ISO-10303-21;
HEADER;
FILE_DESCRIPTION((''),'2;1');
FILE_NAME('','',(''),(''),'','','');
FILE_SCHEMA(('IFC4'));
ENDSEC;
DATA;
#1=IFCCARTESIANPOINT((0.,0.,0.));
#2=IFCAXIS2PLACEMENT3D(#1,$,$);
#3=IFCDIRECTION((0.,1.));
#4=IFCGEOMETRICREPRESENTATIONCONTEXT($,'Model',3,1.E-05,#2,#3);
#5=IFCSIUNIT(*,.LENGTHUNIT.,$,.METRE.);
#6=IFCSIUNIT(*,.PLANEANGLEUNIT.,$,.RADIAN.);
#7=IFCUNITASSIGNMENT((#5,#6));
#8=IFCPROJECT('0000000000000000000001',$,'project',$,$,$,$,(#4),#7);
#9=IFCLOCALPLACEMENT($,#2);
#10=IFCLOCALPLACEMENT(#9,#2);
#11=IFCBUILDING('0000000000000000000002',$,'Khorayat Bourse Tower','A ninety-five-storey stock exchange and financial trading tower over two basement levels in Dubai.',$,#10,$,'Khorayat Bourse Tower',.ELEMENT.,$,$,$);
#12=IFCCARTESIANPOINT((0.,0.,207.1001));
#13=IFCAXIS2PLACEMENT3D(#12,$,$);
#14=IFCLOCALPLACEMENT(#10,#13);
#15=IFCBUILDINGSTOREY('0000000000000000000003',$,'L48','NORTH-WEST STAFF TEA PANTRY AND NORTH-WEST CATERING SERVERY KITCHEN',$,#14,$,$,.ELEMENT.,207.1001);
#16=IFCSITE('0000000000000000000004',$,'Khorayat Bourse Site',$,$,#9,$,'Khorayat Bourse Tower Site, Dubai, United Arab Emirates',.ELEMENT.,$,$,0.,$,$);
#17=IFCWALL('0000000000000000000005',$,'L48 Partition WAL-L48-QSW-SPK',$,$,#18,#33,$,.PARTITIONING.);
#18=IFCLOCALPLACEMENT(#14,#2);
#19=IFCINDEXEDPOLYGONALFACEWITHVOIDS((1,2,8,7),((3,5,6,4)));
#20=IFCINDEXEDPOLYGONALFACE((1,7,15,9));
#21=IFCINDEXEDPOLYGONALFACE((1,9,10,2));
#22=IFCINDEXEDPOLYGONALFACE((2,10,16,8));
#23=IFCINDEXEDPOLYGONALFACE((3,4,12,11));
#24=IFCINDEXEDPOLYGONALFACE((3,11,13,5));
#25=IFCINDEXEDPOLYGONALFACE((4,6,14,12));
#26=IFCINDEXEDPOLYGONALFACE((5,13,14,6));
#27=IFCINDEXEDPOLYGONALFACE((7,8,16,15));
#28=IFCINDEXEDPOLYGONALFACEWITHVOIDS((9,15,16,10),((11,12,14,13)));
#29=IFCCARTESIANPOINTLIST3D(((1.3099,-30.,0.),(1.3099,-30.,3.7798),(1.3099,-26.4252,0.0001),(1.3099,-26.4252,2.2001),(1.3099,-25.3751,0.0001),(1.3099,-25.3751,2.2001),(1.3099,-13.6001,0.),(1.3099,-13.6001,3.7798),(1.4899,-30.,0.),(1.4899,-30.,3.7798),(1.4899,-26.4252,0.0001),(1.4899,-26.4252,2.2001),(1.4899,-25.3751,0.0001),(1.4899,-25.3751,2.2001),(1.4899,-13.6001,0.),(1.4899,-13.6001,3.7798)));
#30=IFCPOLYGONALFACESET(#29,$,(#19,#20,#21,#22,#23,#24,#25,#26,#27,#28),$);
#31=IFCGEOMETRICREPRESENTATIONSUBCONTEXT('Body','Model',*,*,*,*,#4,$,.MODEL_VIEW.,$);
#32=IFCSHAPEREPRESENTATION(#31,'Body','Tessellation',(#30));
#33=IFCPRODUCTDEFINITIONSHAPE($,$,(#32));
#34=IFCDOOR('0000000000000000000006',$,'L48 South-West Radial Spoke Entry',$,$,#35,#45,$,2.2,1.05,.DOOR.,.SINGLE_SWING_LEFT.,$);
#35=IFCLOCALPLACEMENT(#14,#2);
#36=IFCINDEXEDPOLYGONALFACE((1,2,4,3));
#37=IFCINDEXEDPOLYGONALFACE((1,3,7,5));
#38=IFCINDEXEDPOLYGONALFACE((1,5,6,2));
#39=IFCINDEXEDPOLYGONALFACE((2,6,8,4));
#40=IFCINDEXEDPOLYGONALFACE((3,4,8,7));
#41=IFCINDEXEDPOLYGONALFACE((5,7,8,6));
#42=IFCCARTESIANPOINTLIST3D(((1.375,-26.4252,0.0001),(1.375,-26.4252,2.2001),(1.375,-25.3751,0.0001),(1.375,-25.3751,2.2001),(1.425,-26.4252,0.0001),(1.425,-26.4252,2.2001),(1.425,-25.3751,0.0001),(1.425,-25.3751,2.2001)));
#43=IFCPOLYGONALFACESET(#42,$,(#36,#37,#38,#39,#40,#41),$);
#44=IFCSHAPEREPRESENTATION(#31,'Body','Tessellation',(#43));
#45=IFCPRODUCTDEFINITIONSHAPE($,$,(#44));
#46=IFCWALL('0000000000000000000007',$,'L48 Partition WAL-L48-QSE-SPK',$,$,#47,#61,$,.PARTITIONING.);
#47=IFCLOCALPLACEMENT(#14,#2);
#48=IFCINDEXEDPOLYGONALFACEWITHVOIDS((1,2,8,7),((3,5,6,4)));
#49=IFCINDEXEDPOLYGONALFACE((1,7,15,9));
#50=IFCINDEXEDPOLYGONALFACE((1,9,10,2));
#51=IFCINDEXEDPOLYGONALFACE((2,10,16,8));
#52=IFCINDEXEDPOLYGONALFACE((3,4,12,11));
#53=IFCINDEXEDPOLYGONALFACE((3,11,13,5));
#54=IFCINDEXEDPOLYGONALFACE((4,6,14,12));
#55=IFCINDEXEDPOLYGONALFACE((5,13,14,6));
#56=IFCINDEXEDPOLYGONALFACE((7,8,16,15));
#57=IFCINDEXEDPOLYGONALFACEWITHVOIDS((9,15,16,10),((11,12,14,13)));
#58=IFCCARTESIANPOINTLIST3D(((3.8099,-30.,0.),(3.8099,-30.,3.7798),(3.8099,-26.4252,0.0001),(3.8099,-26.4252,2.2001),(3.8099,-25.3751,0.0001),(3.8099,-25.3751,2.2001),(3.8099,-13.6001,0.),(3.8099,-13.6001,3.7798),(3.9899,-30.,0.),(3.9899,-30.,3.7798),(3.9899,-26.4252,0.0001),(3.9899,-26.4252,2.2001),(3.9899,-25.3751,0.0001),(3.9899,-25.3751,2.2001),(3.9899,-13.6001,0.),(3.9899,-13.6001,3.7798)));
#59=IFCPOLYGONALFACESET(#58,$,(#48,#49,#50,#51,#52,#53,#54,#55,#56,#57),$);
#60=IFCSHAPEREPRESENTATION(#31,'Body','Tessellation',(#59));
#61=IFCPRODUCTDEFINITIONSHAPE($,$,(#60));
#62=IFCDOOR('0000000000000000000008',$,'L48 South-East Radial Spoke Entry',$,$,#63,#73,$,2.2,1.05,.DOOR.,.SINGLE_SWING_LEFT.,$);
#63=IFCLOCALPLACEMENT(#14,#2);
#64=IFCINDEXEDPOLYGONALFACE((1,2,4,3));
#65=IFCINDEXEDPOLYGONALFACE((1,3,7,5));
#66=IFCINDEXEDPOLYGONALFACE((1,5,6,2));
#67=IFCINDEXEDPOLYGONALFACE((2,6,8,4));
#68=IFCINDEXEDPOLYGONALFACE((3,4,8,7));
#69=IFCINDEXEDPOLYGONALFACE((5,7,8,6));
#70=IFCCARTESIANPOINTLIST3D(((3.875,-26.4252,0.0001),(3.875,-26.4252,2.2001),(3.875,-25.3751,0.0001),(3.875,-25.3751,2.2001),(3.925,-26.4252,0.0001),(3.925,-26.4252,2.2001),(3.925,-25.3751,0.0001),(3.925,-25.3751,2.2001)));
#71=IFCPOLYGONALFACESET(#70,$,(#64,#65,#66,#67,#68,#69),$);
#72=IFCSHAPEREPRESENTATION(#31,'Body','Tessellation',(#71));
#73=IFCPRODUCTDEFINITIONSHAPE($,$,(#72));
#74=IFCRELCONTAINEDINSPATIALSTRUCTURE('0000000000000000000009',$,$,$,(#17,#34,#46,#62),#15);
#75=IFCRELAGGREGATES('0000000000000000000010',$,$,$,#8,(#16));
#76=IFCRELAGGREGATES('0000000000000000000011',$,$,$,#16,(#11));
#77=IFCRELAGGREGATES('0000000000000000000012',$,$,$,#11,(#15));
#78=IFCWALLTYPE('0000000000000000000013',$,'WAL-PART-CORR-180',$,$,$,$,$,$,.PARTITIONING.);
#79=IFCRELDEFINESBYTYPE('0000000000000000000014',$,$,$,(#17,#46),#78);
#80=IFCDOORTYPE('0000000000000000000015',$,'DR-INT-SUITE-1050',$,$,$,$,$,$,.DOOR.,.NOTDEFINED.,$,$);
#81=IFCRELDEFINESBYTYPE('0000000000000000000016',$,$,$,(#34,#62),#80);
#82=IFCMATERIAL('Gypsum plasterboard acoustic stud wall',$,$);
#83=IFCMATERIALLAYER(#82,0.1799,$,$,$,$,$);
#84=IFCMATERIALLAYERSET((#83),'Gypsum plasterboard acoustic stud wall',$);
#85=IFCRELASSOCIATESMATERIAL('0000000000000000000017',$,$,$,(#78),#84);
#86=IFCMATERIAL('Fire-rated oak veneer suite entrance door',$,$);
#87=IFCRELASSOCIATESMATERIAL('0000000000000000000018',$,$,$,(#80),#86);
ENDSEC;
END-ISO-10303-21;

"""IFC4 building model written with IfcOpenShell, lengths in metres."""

from ifc_helpers import new_model, si_unit, direction, frame, frame_2d, origin, place, context, subcontext, project, spatial, rectangle, extrude, source, transform, mapped, material, layer, layer_set, type_object, element, fill, save


model = new_model("IFC4")

# Units and contexts
model_context = context("Model", 3, precision=1e-05, world=origin(), true_north=direction((0.0, 1.0)))
body_context = subcontext(model_context, "Body", "Model", "MODEL_VIEW")
ifc_project = project(units=[si_unit("LENGTHUNIT", "METRE"), si_unit("PLANEANGLEUNIT", "RADIAN")], contexts=[model_context])

# Site, building, storey
site_placement = place(None, origin())
site = spatial("IfcSite", under=ifc_project, at=site_placement, Name="Khorayat Bourse Site", LongName="Khorayat Bourse Tower Site, Dubai, United Arab Emirates", CompositionType="ELEMENT", RefElevation=0.0)
building_placement = place(site_placement, origin())
building = spatial("IfcBuilding", under=site, at=building_placement, Name="Khorayat Bourse Tower", Description="A ninety-five-storey stock exchange and financial trading tower over two basement levels in Dubai.", LongName="Khorayat Bourse Tower", CompositionType="ELEMENT")
storey_placement = place(building_placement, frame((0.0, 0.0, 207.1001)))
storey = spatial("IfcBuildingStorey", under=building, at=storey_placement, Name="L48", Description="NORTH-WEST STAFF TEA PANTRY AND NORTH-WEST CATERING SERVERY KITCHEN", CompositionType="ELEMENT", Elevation=207.1001)

# Shared definitions
ifc_material_1 = material(Name="Gypsum plasterboard acoustic stud wall")
ifc_layer_1 = layer(ifc_material_1, 0.1799)
ifc_layer_set_1 = layer_set([ifc_layer_1], Name="Gypsum plasterboard acoustic stud wall")
wall_type_1 = type_object("IfcWallType", Name="WAL-PART-CORR-180", PredefinedType="PARTITIONING", material=ifc_layer_set_1)

# Walls, openings, doors
shared_shape_1 = source(origin(), body_context, "Body", "SweptSolid", [
    extrude(rectangle(XDim=16.3999, YDim=0.1799, at=frame_2d((8.2, 0.0))), origin(), (0.0, 0.0, 1.0), 3.7798),
])
wall_1_placement = place(storey_placement, frame((1.3999, -30.0, 0.0), z_axis=(0.0, 0.0, 1.0), x_axis=(0.0, 1.0, 0.0)))
wall_1 = element("IfcWall", 1, at=wall_1_placement, inside=storey, type_object=wall_type_1, Name="L48 Partition WAL-L48-QSW-SPK", PredefinedType="PARTITIONING", context=body_context, shape_type="MappedRepresentation", body=[
    mapped(shared_shape_1, transform((0.0, 0.0, 0.0), scale=1.0)),
])
shared_shape_2 = source(origin(), body_context, "Body", "SweptSolid", [
    extrude(rectangle(XDim=1.05, YDim=2.2, at=frame_2d((0.5249, 1.1001))), frame((0.0, 0.0999, 0.0), z_axis=(0.0, -1.0, 0.0), x_axis=(1.0, 0.0, 0.0)), (0.0, 0.0, 1.0), 0.2),
])
opening_1_placement = place(wall_1_placement, frame((3.575, 0.0, 0.0)))
opening_1 = element("IfcOpeningElement", 2, at=opening_1_placement, cuts=wall_1, PredefinedType="OPENING", context=body_context, shape_type="MappedRepresentation", body=[
    mapped(shared_shape_2, transform((0.0, 0.0, 0.0), scale=1.0)),
])
ifc_material_2 = material(Name="Fire-rated oak veneer suite entrance door")
door_type_1 = type_object("IfcDoorType", Name="DR-INT-SUITE-1050", OperationType="NOTDEFINED", PredefinedType="DOOR", material=ifc_material_2)
shared_shape_3 = source(origin(), body_context, "Body", "SweptSolid", [
    extrude(rectangle(XDim=1.05, YDim=2.2, at=frame_2d((0.5249, 1.1001))), frame((0.0, 0.0249, 0.0), z_axis=(0.0, -1.0, 0.0), x_axis=(1.0, 0.0, 0.0)), (0.0, 0.0, 1.0), 0.05),
])
door_1_placement = place(opening_1_placement, origin())
door_1 = element("IfcDoor", 3, at=door_1_placement, inside=storey, type_object=door_type_1, Name="L48 South-West Radial Spoke Entry", OperationType="SINGLE_SWING_LEFT", OverallHeight=2.2, OverallWidth=1.05, PredefinedType="DOOR", context=body_context, shape_type="MappedRepresentation", body=[
    mapped(shared_shape_3, transform((0.0, 0.0, 0.0), scale=1.0)),
])
fill(opening_1, door_1)
wall_2_placement = place(storey_placement, frame((3.8999, -30.0, 0.0), z_axis=(0.0, 0.0, 1.0), x_axis=(0.0, 1.0, 0.0)))
wall_2 = element("IfcWall", 4, at=wall_2_placement, inside=storey, type_object=wall_type_1, Name="L48 Partition WAL-L48-QSE-SPK", PredefinedType="PARTITIONING", context=body_context, shape_type="MappedRepresentation", body=[
    mapped(shared_shape_1, transform((0.0, 0.0, 0.0), scale=1.0)),
])
opening_2_placement = place(wall_2_placement, frame((3.575, 0.0, 0.0)))
opening_2 = element("IfcOpeningElement", 5, at=opening_2_placement, cuts=wall_2, PredefinedType="OPENING", context=body_context, shape_type="MappedRepresentation", body=[
    mapped(shared_shape_2, transform((0.0, 0.0, 0.0), scale=1.0)),
])
door_2_placement = place(opening_2_placement, origin())
door_2 = element("IfcDoor", 6, at=door_2_placement, inside=storey, type_object=door_type_1, Name="L48 South-East Radial Spoke Entry", OperationType="SINGLE_SWING_LEFT", OverallHeight=2.2, OverallWidth=1.05, PredefinedType="DOOR", context=body_context, shape_type="MappedRepresentation", body=[
    mapped(shared_shape_3, transform((0.0, 0.0, 0.0), scale=1.0)),
])
fill(opening_2, door_2)

save(model, "model.ifc")
